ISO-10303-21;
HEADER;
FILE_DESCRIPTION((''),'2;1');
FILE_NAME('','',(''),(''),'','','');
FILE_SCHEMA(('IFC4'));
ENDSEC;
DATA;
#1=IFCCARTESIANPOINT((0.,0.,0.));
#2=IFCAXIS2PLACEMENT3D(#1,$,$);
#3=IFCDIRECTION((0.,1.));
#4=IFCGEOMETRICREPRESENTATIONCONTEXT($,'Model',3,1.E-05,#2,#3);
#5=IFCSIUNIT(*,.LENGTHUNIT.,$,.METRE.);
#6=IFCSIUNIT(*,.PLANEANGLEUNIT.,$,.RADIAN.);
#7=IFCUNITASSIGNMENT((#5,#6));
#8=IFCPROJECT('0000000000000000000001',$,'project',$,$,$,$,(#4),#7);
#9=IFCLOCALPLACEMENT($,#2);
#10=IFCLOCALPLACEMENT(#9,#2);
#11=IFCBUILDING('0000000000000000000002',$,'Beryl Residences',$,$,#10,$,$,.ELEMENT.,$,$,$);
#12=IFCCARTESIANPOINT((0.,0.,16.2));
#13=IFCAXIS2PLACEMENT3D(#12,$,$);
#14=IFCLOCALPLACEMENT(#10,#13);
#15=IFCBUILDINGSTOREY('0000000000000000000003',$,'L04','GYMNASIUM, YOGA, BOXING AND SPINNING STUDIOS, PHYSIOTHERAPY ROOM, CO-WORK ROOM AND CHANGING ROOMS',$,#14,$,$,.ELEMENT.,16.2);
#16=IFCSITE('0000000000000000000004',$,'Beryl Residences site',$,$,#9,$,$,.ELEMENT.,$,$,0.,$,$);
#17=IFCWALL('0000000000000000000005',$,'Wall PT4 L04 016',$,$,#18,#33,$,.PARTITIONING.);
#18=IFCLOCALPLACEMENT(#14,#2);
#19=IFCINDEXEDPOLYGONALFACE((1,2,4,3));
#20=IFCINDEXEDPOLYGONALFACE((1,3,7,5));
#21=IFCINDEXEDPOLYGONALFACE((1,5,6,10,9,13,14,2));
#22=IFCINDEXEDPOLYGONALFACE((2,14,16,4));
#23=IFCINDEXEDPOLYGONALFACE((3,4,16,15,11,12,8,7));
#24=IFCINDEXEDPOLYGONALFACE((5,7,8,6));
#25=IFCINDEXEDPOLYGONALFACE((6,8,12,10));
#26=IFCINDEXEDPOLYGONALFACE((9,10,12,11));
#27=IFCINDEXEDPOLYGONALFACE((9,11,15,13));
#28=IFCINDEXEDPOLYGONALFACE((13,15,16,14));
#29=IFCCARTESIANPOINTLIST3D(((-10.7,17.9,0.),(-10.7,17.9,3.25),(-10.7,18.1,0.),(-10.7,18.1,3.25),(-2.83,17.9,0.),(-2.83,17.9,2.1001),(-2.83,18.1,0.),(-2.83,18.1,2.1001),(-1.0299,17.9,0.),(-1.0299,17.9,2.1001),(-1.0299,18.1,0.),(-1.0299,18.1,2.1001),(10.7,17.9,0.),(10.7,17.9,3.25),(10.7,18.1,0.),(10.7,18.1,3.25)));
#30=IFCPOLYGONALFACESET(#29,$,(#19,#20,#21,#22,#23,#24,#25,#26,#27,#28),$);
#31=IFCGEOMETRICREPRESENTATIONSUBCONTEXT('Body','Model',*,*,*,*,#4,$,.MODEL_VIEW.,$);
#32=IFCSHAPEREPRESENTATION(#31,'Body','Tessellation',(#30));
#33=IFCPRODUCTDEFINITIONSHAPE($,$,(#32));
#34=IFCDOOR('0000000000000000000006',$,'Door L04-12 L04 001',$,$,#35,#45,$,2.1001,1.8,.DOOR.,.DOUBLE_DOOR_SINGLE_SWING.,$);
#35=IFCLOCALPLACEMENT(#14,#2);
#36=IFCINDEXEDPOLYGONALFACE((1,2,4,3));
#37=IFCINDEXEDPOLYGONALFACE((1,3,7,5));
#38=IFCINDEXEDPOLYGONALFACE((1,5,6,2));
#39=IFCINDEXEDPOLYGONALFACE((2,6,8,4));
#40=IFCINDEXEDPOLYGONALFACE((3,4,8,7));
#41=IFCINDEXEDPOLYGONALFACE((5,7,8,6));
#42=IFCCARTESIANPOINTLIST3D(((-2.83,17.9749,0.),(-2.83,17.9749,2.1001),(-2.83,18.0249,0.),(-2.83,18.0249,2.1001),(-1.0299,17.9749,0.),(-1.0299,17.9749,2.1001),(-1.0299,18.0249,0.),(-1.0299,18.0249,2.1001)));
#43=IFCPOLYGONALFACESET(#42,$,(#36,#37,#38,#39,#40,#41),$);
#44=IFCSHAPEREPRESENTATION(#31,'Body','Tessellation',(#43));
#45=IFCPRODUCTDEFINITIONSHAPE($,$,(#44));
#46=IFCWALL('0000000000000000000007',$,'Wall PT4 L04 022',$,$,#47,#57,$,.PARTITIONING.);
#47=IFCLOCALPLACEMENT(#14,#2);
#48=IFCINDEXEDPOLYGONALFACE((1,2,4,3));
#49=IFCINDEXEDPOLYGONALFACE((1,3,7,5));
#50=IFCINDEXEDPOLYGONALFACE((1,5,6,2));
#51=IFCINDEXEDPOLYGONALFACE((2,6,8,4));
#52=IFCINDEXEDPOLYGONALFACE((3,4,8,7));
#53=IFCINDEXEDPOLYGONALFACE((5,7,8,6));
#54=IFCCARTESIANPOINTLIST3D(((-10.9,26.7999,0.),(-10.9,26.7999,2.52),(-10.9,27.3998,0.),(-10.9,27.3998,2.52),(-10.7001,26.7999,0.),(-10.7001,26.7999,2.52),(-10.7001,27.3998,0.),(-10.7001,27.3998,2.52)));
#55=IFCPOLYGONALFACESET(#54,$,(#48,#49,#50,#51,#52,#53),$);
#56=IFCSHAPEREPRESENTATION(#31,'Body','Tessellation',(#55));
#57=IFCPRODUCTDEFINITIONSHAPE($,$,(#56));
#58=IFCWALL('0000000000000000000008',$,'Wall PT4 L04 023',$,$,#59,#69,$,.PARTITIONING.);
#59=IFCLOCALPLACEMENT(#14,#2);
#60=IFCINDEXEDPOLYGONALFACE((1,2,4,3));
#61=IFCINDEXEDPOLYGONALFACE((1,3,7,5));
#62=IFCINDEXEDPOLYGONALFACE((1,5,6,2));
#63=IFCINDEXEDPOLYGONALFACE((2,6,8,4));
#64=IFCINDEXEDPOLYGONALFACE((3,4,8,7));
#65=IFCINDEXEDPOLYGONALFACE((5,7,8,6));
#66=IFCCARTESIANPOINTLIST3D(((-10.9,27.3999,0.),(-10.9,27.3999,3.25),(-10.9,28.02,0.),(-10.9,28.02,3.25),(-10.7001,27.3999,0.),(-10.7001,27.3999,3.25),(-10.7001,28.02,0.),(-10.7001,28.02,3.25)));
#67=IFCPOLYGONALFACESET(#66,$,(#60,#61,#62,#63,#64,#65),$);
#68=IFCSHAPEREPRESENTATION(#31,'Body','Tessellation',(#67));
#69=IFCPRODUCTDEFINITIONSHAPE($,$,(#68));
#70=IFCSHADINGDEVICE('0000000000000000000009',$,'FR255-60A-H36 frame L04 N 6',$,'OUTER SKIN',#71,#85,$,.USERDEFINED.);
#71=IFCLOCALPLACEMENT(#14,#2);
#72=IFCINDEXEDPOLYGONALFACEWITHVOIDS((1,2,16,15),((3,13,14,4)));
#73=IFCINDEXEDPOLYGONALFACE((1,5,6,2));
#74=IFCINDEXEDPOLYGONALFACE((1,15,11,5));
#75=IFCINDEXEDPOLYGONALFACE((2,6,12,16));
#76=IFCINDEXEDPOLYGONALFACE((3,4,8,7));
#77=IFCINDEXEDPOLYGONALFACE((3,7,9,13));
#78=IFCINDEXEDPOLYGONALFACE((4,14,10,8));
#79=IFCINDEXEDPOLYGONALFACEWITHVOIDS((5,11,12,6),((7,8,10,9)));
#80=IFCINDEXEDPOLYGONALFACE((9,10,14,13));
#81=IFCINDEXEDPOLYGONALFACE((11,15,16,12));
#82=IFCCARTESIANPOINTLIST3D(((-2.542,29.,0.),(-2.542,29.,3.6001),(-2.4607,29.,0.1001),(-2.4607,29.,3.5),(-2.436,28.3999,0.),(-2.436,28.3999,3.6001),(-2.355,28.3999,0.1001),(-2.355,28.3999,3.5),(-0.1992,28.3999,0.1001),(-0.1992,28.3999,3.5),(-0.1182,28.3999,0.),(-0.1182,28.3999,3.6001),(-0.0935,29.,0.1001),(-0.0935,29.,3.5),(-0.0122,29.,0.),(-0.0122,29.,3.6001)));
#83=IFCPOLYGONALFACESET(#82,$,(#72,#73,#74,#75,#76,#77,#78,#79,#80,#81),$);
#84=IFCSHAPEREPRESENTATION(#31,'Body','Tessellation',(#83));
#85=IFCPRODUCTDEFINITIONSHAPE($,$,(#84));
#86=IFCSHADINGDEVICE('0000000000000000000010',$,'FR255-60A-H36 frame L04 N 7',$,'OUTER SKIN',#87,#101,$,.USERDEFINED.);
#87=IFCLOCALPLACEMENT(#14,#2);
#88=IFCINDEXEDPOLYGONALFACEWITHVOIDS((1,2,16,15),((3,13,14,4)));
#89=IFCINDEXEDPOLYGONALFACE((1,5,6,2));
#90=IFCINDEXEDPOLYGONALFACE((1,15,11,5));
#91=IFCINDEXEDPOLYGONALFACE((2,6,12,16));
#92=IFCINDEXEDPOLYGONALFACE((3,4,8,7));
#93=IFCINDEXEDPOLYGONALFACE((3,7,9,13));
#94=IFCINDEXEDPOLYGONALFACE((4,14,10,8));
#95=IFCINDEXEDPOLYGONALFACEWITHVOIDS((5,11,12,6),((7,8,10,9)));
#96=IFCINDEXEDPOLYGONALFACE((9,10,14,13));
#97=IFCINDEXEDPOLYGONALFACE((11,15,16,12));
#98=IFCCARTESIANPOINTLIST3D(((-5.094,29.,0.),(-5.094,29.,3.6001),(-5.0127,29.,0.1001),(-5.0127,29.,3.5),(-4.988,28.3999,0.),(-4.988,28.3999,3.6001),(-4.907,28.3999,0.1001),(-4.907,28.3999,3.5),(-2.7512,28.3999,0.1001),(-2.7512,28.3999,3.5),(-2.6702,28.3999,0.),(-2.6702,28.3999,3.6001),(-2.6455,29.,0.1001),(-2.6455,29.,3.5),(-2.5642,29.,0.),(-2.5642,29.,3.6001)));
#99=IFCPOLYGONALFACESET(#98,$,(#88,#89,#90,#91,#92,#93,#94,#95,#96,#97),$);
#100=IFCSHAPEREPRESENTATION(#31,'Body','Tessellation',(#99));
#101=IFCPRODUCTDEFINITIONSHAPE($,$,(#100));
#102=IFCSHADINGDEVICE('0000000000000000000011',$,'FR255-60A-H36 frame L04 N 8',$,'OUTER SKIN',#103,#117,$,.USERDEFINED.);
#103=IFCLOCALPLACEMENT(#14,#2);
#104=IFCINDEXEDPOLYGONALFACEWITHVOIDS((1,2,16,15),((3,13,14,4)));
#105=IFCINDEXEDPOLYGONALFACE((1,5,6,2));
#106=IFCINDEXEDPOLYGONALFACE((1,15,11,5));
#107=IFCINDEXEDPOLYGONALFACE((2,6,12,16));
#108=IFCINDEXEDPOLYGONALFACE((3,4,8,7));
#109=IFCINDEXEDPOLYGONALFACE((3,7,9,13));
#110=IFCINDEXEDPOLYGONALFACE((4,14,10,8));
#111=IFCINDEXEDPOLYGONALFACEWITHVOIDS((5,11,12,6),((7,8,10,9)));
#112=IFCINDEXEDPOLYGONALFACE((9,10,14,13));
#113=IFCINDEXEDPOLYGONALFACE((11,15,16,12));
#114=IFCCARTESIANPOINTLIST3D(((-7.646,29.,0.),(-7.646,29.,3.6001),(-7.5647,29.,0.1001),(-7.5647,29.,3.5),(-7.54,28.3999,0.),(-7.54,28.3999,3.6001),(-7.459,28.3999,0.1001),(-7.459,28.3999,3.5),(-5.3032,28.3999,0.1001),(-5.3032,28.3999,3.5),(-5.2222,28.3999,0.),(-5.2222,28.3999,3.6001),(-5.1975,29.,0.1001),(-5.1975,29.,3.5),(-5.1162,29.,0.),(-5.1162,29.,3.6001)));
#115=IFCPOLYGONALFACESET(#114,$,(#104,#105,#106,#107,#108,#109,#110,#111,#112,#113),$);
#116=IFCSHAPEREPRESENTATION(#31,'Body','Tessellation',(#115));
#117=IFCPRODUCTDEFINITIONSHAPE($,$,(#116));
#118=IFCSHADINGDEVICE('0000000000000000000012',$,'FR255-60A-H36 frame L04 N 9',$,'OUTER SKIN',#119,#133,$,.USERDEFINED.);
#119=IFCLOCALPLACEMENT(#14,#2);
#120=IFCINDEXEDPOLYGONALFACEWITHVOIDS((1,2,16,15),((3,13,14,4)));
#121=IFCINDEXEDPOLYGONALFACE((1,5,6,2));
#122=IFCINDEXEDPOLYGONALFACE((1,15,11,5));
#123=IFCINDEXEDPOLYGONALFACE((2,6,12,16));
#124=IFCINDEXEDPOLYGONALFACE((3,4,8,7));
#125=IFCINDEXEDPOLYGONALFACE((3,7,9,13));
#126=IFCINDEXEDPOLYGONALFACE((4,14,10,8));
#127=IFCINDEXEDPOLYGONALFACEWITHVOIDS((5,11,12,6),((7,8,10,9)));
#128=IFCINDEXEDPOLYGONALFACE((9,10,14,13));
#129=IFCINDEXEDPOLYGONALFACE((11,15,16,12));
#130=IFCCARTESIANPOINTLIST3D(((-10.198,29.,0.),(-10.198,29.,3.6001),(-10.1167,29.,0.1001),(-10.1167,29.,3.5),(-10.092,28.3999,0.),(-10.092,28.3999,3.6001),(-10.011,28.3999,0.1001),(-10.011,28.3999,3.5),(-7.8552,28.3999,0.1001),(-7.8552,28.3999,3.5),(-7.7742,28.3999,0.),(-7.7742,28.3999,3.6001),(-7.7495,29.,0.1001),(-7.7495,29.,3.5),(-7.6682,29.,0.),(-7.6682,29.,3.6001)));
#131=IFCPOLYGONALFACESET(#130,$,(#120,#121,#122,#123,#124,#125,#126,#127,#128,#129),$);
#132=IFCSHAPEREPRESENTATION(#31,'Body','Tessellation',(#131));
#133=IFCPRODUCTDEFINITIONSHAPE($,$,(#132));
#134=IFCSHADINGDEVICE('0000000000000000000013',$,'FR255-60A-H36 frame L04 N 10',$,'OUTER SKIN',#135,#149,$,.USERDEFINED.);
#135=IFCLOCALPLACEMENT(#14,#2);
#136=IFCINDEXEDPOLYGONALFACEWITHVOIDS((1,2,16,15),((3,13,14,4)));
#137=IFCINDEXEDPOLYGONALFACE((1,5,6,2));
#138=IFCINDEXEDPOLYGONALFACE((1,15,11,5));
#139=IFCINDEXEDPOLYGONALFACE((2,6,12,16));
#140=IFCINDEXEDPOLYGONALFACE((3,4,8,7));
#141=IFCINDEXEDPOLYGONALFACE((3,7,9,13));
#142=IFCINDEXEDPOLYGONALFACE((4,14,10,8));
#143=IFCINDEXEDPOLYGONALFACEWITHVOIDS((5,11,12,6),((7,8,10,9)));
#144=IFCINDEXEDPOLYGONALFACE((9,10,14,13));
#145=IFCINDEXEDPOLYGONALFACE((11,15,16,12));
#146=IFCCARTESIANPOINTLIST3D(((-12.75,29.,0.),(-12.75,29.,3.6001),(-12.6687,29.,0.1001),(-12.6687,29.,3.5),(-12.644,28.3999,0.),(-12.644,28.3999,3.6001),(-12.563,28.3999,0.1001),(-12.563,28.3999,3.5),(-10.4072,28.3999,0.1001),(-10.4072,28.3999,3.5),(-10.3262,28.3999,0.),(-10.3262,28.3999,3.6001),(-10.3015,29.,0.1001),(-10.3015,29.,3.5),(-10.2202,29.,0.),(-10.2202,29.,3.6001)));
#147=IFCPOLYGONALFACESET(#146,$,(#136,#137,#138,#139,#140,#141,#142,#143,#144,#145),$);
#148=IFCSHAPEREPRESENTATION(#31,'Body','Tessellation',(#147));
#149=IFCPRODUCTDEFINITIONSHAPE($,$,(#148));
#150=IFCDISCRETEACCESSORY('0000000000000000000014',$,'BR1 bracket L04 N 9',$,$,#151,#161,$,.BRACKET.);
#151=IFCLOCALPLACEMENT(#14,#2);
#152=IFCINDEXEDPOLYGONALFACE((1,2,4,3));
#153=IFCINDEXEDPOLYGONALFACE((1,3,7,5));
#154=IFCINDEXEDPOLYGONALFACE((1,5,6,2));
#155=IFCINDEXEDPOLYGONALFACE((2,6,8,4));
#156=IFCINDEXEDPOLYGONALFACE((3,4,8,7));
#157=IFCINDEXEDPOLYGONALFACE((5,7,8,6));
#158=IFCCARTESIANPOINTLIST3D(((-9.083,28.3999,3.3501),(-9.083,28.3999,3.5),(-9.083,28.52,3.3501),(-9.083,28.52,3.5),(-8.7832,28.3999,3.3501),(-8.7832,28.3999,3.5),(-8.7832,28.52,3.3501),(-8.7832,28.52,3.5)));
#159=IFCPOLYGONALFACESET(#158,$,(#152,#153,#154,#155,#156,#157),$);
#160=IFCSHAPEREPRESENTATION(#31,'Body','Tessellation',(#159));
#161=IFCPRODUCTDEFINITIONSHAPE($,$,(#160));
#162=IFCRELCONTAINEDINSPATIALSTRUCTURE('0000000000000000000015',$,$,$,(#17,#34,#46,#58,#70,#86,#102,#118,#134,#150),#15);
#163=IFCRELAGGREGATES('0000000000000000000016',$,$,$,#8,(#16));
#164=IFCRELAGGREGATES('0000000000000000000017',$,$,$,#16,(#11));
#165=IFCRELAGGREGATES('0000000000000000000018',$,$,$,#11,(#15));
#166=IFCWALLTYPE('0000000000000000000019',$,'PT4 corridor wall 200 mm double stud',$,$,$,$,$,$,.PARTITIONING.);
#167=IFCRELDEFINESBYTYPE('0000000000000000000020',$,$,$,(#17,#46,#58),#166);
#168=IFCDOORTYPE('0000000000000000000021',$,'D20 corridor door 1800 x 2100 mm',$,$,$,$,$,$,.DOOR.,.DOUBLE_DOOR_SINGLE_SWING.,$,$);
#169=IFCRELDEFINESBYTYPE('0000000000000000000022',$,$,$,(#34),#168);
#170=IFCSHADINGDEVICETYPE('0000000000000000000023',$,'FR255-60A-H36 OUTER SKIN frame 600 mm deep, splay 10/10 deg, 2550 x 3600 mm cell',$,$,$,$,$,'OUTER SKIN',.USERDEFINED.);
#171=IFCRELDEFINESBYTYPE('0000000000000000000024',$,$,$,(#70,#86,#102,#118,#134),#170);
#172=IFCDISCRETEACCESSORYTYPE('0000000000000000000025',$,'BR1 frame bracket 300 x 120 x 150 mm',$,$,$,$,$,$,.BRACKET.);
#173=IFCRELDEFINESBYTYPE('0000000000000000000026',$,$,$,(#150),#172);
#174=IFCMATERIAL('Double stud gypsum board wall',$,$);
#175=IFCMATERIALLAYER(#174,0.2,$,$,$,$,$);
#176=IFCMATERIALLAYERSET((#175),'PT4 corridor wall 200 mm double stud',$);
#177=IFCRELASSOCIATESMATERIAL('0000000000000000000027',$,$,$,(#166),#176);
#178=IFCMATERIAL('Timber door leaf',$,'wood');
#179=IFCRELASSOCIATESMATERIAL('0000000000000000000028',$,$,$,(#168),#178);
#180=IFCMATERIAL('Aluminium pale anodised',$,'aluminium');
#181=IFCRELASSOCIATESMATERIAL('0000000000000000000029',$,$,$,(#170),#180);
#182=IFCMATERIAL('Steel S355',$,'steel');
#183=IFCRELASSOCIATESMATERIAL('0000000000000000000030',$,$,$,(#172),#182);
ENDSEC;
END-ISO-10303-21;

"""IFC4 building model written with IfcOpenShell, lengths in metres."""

from ifc_helpers import new_model, entity, si_unit, direction, frame, frame_2d, origin, place, context, subcontext, project, spatial, polyline, rectangle, outline, extrude, source, transform, mapped, material, layer, layer_set, type_object, type_shapes, element, fill, save


model = new_model("IFC4")

# Units and contexts
model_context = context("Model", 3, precision=1e-05, world=origin(), true_north=direction((0.0, 1.0)))
body_context = subcontext(model_context, "Body", "Model", "MODEL_VIEW")
ifc_project = project(units=[si_unit("LENGTHUNIT", "METRE"), si_unit("PLANEANGLEUNIT", "RADIAN")], contexts=[model_context])

# Site, building, storey
site_placement = place(None, origin())
site = spatial("IfcSite", under=ifc_project, at=site_placement, Name="Beryl Residences site", CompositionType="ELEMENT", RefElevation=0.0)
building_placement = place(site_placement, origin())
building = spatial("IfcBuilding", under=site, at=building_placement, Name="Beryl Residences", CompositionType="ELEMENT")
storey_placement = place(building_placement, frame((0.0, 0.0, 16.2)))
storey = spatial("IfcBuildingStorey", under=building, at=storey_placement, Name="L04", Description="GYMNASIUM, YOGA, BOXING AND SPINNING STUDIOS, PHYSIOTHERAPY ROOM, CO-WORK ROOM AND CHANGING ROOMS", CompositionType="ELEMENT", Elevation=16.2)

# Wall, opening, door
ifc_material_1 = material(Name="Double stud gypsum board wall")
ifc_layer_1 = layer(ifc_material_1, 0.2)
ifc_layer_set_1 = layer_set([ifc_layer_1], Name="PT4 corridor wall 200 mm double stud")
wall_type_1 = type_object("IfcWallType", Name="PT4 corridor wall 200 mm double stud", PredefinedType="PARTITIONING", material=ifc_layer_set_1)
wall_1_placement = place(storey_placement, frame((-10.7, 18.0, 0.0), z_axis=(0.0, 0.0, 1.0), x_axis=(1.0, 0.0, 0.0)))
wall_1 = element("IfcWall", 1, at=wall_1_placement, inside=storey, type_object=wall_type_1, Name="Wall PT4 L04 016", PredefinedType="PARTITIONING", context=body_context, shape_type="SweptSolid", body=[
    extrude(rectangle(XDim=21.3999, YDim=0.2, at=frame_2d((10.7, 0.0))), origin(), (0.0, 0.0, 1.0), 3.25),
])
opening_1_placement = place(wall_1_placement, frame((7.8701, 0.0, 0.0)))
opening_1 = element("IfcOpeningElement", 2, at=opening_1_placement, cuts=wall_1, PredefinedType="OPENING", context=body_context, shape_type="SweptSolid", body=[
    extrude(rectangle(XDim=1.8, YDim=2.1001, at=frame_2d((0.8999, 1.05))), frame((0.0, 0.1099, 0.0), z_axis=(0.0, -1.0, 0.0), x_axis=(1.0, 0.0, 0.0)), (0.0, 0.0, 1.0), 0.22),
])
ifc_material_2 = material(Name="Timber door leaf", Category="wood")
door_type = type_object("IfcDoorType", Name="D20 corridor door 1800 x 2100 mm", OperationType="DOUBLE_DOOR_SINGLE_SWING", PredefinedType="DOOR", material=ifc_material_2)
door_placement = place(opening_1_placement, origin())
door = element("IfcDoor", 3, at=door_placement, inside=storey, type_object=door_type, Name="Door L04-12 L04 001", OperationType="DOUBLE_DOOR_SINGLE_SWING", OverallHeight=2.1001, OverallWidth=1.8, PredefinedType="DOOR", context=body_context, shape_type="SweptSolid", body=[
    extrude(rectangle(XDim=1.8, YDim=2.1001, at=frame_2d((0.8999, 1.05))), frame((0.0, 0.0249, 0.0), z_axis=(0.0, -1.0, 0.0), x_axis=(1.0, 0.0, 0.0)), (0.0, 0.0, 1.0), 0.05),
])
fill(opening_1, door)

# Walls
wall_2_placement = place(storey_placement, frame((-10.8, 26.8, 0.0), z_axis=(0.0, 0.0, 1.0), x_axis=(0.0, 1.0, 0.0)))
element("IfcWall", 4, at=wall_2_placement, inside=storey, type_object=wall_type_1, Name="Wall PT4 L04 022", PredefinedType="PARTITIONING", context=body_context, shape_type="SweptSolid", body=[
    extrude(rectangle(XDim=0.5999, YDim=0.2, at=frame_2d((0.2998, 0.0))), origin(), (0.0, 0.0, 1.0), 2.52),
])
wall_3_placement = place(storey_placement, frame((-10.8, 27.3999, 0.0), z_axis=(0.0, 0.0, 1.0), x_axis=(0.0, 1.0, 0.0)))
element("IfcWall", 5, at=wall_3_placement, inside=storey, type_object=wall_type_1, Name="Wall PT4 L04 023", PredefinedType="PARTITIONING", context=body_context, shape_type="SweptSolid", body=[
    extrude(rectangle(XDim=0.6201, YDim=0.2, at=frame_2d((0.3101, 0.0))), origin(), (0.0, 0.0, 1.0), 3.25),
])

# Shading devices
ifc_material_3 = material(Name="Aluminium pale anodised", Category="aluminium")
shading_device_type = type_object("IfcShadingDeviceType", Name="FR255-60A-H36 OUTER SKIN frame 600 mm deep, splay 10/10 deg, 2550 x 3600 mm cell", ElementType="OUTER SKIN", PredefinedType="USERDEFINED", material=ifc_material_3)
cartesian_point_1 = entity("IfcCartesianPoint", [-1.1589, 0.0])
cartesian_point_2 = entity("IfcCartesianPoint", [-1.0779, 0.1001])
cartesian_point_3 = entity("IfcCartesianPoint", [-1.2649, 0.0])
cartesian_point_4 = entity("IfcCartesianPoint", [-1.1836, 0.1001])
shared_shape_1 = source(origin(), body_context, "Body", "SweptSolid", [
    entity("IfcExtrudedAreaSolidTapered", entity("IfcArbitraryProfileDefWithVoids", "AREA", None, entity("IfcPolyline", [cartesian_point_1, entity("IfcCartesianPoint", [1.1589, 0.0]), entity("IfcCartesianPoint", [1.1589, 3.6001]), entity("IfcCartesianPoint", [-1.1589, 3.6001]), cartesian_point_1]), [entity("IfcPolyline", [cartesian_point_2, entity("IfcCartesianPoint", [1.0779, 0.1001]), entity("IfcCartesianPoint", [1.0779, 3.5]), entity("IfcCartesianPoint", [-1.0779, 3.5]), cartesian_point_2])]), entity("IfcAxis2Placement3D", entity("IfcCartesianPoint", [0.0, 0.0, 0.0]), entity("IfcDirection", [0.0, 1.0, 0.0]), entity("IfcDirection", [-1.0, 0.0, 0.0])), entity("IfcDirection", [0.0, 0.0, 1.0]), 0.6001, entity("IfcArbitraryProfileDefWithVoids", "AREA", None, entity("IfcPolyline", [cartesian_point_3, entity("IfcCartesianPoint", [1.2649, 0.0]), entity("IfcCartesianPoint", [1.2649, 3.6001]), entity("IfcCartesianPoint", [-1.2649, 3.6001]), cartesian_point_3]), [entity("IfcPolyline", [cartesian_point_4, entity("IfcCartesianPoint", [1.1836, 0.1001]), entity("IfcCartesianPoint", [1.1836, 3.5]), entity("IfcCartesianPoint", [-1.1836, 3.5]), cartesian_point_4])])),
])
type_shapes(shading_device_type, [shared_shape_1])
for number, where, z_axis, x_axis, name in (
    (6, (-1.2771, 28.3999, 0.0), (0.0, 0.0, 1.0), (1.0, 0.0, 0.0), "FR255-60A-H36 frame L04 N 6"),
    (7, (-3.8291, 28.3999, 0.0), (0.0, 0.0, 1.0), (1.0, 0.0, 0.0), "FR255-60A-H36 frame L04 N 7"),
    (8, (-6.3811, 28.3999, 0.0), (0.0, 0.0, 1.0), (1.0, 0.0, 0.0), "FR255-60A-H36 frame L04 N 8"),
    (9, (-8.9331, 28.3999, 0.0), (0.0, 0.0, 1.0), (1.0, 0.0, 0.0), "FR255-60A-H36 frame L04 N 9"),
    (10, (-11.4851, 28.3999, 0.0), (0.0, 0.0, 1.0), (1.0, 0.0, 0.0), "FR255-60A-H36 frame L04 N 10"),
):
    element("IfcShadingDevice", number, at=place(storey_placement, frame(where, z_axis=z_axis, x_axis=x_axis)), inside=storey, type_object=shading_device_type, Name=name, ObjectType="OUTER SKIN", PredefinedType="USERDEFINED", context=body_context, shape_type="MappedRepresentation", body=[
        mapped(shared_shape_1, transform((0.0, 0.0, 0.0))),
    ])

# Discrete accessory
ifc_material_4 = material(Name="Steel S355", Category="steel")
discrete_accessory_type = type_object("IfcDiscreteAccessoryType", Name="BR1 frame bracket 300 x 120 x 150 mm", PredefinedType="BRACKET", material=ifc_material_4)
shared_shape_2 = source(origin(), body_context, "Body", "SweptSolid", [
    extrude(outline(polyline([(-0.1499, 0.0), (0.1499, 0.0), (0.1499, 0.1201), (-0.1499, 0.1201), (-0.1499, 0.0)])), origin(), (0.0, 0.0, 1.0), 0.1499),
])
type_shapes(discrete_accessory_type, [shared_shape_2])
discrete_accessory_placement = place(storey_placement, frame((-8.9331, 28.3999, 3.3501), z_axis=(0.0, 0.0, 1.0), x_axis=(1.0, 0.0, 0.0)))
element("IfcDiscreteAccessory", 11, at=discrete_accessory_placement, inside=storey, type_object=discrete_accessory_type, Name="BR1 bracket L04 N 9", PredefinedType="BRACKET", context=body_context, shape_type="MappedRepresentation", body=[
    mapped(shared_shape_2, transform((0.0, 0.0, 0.0))),
])

save(model, "model.ifc")
